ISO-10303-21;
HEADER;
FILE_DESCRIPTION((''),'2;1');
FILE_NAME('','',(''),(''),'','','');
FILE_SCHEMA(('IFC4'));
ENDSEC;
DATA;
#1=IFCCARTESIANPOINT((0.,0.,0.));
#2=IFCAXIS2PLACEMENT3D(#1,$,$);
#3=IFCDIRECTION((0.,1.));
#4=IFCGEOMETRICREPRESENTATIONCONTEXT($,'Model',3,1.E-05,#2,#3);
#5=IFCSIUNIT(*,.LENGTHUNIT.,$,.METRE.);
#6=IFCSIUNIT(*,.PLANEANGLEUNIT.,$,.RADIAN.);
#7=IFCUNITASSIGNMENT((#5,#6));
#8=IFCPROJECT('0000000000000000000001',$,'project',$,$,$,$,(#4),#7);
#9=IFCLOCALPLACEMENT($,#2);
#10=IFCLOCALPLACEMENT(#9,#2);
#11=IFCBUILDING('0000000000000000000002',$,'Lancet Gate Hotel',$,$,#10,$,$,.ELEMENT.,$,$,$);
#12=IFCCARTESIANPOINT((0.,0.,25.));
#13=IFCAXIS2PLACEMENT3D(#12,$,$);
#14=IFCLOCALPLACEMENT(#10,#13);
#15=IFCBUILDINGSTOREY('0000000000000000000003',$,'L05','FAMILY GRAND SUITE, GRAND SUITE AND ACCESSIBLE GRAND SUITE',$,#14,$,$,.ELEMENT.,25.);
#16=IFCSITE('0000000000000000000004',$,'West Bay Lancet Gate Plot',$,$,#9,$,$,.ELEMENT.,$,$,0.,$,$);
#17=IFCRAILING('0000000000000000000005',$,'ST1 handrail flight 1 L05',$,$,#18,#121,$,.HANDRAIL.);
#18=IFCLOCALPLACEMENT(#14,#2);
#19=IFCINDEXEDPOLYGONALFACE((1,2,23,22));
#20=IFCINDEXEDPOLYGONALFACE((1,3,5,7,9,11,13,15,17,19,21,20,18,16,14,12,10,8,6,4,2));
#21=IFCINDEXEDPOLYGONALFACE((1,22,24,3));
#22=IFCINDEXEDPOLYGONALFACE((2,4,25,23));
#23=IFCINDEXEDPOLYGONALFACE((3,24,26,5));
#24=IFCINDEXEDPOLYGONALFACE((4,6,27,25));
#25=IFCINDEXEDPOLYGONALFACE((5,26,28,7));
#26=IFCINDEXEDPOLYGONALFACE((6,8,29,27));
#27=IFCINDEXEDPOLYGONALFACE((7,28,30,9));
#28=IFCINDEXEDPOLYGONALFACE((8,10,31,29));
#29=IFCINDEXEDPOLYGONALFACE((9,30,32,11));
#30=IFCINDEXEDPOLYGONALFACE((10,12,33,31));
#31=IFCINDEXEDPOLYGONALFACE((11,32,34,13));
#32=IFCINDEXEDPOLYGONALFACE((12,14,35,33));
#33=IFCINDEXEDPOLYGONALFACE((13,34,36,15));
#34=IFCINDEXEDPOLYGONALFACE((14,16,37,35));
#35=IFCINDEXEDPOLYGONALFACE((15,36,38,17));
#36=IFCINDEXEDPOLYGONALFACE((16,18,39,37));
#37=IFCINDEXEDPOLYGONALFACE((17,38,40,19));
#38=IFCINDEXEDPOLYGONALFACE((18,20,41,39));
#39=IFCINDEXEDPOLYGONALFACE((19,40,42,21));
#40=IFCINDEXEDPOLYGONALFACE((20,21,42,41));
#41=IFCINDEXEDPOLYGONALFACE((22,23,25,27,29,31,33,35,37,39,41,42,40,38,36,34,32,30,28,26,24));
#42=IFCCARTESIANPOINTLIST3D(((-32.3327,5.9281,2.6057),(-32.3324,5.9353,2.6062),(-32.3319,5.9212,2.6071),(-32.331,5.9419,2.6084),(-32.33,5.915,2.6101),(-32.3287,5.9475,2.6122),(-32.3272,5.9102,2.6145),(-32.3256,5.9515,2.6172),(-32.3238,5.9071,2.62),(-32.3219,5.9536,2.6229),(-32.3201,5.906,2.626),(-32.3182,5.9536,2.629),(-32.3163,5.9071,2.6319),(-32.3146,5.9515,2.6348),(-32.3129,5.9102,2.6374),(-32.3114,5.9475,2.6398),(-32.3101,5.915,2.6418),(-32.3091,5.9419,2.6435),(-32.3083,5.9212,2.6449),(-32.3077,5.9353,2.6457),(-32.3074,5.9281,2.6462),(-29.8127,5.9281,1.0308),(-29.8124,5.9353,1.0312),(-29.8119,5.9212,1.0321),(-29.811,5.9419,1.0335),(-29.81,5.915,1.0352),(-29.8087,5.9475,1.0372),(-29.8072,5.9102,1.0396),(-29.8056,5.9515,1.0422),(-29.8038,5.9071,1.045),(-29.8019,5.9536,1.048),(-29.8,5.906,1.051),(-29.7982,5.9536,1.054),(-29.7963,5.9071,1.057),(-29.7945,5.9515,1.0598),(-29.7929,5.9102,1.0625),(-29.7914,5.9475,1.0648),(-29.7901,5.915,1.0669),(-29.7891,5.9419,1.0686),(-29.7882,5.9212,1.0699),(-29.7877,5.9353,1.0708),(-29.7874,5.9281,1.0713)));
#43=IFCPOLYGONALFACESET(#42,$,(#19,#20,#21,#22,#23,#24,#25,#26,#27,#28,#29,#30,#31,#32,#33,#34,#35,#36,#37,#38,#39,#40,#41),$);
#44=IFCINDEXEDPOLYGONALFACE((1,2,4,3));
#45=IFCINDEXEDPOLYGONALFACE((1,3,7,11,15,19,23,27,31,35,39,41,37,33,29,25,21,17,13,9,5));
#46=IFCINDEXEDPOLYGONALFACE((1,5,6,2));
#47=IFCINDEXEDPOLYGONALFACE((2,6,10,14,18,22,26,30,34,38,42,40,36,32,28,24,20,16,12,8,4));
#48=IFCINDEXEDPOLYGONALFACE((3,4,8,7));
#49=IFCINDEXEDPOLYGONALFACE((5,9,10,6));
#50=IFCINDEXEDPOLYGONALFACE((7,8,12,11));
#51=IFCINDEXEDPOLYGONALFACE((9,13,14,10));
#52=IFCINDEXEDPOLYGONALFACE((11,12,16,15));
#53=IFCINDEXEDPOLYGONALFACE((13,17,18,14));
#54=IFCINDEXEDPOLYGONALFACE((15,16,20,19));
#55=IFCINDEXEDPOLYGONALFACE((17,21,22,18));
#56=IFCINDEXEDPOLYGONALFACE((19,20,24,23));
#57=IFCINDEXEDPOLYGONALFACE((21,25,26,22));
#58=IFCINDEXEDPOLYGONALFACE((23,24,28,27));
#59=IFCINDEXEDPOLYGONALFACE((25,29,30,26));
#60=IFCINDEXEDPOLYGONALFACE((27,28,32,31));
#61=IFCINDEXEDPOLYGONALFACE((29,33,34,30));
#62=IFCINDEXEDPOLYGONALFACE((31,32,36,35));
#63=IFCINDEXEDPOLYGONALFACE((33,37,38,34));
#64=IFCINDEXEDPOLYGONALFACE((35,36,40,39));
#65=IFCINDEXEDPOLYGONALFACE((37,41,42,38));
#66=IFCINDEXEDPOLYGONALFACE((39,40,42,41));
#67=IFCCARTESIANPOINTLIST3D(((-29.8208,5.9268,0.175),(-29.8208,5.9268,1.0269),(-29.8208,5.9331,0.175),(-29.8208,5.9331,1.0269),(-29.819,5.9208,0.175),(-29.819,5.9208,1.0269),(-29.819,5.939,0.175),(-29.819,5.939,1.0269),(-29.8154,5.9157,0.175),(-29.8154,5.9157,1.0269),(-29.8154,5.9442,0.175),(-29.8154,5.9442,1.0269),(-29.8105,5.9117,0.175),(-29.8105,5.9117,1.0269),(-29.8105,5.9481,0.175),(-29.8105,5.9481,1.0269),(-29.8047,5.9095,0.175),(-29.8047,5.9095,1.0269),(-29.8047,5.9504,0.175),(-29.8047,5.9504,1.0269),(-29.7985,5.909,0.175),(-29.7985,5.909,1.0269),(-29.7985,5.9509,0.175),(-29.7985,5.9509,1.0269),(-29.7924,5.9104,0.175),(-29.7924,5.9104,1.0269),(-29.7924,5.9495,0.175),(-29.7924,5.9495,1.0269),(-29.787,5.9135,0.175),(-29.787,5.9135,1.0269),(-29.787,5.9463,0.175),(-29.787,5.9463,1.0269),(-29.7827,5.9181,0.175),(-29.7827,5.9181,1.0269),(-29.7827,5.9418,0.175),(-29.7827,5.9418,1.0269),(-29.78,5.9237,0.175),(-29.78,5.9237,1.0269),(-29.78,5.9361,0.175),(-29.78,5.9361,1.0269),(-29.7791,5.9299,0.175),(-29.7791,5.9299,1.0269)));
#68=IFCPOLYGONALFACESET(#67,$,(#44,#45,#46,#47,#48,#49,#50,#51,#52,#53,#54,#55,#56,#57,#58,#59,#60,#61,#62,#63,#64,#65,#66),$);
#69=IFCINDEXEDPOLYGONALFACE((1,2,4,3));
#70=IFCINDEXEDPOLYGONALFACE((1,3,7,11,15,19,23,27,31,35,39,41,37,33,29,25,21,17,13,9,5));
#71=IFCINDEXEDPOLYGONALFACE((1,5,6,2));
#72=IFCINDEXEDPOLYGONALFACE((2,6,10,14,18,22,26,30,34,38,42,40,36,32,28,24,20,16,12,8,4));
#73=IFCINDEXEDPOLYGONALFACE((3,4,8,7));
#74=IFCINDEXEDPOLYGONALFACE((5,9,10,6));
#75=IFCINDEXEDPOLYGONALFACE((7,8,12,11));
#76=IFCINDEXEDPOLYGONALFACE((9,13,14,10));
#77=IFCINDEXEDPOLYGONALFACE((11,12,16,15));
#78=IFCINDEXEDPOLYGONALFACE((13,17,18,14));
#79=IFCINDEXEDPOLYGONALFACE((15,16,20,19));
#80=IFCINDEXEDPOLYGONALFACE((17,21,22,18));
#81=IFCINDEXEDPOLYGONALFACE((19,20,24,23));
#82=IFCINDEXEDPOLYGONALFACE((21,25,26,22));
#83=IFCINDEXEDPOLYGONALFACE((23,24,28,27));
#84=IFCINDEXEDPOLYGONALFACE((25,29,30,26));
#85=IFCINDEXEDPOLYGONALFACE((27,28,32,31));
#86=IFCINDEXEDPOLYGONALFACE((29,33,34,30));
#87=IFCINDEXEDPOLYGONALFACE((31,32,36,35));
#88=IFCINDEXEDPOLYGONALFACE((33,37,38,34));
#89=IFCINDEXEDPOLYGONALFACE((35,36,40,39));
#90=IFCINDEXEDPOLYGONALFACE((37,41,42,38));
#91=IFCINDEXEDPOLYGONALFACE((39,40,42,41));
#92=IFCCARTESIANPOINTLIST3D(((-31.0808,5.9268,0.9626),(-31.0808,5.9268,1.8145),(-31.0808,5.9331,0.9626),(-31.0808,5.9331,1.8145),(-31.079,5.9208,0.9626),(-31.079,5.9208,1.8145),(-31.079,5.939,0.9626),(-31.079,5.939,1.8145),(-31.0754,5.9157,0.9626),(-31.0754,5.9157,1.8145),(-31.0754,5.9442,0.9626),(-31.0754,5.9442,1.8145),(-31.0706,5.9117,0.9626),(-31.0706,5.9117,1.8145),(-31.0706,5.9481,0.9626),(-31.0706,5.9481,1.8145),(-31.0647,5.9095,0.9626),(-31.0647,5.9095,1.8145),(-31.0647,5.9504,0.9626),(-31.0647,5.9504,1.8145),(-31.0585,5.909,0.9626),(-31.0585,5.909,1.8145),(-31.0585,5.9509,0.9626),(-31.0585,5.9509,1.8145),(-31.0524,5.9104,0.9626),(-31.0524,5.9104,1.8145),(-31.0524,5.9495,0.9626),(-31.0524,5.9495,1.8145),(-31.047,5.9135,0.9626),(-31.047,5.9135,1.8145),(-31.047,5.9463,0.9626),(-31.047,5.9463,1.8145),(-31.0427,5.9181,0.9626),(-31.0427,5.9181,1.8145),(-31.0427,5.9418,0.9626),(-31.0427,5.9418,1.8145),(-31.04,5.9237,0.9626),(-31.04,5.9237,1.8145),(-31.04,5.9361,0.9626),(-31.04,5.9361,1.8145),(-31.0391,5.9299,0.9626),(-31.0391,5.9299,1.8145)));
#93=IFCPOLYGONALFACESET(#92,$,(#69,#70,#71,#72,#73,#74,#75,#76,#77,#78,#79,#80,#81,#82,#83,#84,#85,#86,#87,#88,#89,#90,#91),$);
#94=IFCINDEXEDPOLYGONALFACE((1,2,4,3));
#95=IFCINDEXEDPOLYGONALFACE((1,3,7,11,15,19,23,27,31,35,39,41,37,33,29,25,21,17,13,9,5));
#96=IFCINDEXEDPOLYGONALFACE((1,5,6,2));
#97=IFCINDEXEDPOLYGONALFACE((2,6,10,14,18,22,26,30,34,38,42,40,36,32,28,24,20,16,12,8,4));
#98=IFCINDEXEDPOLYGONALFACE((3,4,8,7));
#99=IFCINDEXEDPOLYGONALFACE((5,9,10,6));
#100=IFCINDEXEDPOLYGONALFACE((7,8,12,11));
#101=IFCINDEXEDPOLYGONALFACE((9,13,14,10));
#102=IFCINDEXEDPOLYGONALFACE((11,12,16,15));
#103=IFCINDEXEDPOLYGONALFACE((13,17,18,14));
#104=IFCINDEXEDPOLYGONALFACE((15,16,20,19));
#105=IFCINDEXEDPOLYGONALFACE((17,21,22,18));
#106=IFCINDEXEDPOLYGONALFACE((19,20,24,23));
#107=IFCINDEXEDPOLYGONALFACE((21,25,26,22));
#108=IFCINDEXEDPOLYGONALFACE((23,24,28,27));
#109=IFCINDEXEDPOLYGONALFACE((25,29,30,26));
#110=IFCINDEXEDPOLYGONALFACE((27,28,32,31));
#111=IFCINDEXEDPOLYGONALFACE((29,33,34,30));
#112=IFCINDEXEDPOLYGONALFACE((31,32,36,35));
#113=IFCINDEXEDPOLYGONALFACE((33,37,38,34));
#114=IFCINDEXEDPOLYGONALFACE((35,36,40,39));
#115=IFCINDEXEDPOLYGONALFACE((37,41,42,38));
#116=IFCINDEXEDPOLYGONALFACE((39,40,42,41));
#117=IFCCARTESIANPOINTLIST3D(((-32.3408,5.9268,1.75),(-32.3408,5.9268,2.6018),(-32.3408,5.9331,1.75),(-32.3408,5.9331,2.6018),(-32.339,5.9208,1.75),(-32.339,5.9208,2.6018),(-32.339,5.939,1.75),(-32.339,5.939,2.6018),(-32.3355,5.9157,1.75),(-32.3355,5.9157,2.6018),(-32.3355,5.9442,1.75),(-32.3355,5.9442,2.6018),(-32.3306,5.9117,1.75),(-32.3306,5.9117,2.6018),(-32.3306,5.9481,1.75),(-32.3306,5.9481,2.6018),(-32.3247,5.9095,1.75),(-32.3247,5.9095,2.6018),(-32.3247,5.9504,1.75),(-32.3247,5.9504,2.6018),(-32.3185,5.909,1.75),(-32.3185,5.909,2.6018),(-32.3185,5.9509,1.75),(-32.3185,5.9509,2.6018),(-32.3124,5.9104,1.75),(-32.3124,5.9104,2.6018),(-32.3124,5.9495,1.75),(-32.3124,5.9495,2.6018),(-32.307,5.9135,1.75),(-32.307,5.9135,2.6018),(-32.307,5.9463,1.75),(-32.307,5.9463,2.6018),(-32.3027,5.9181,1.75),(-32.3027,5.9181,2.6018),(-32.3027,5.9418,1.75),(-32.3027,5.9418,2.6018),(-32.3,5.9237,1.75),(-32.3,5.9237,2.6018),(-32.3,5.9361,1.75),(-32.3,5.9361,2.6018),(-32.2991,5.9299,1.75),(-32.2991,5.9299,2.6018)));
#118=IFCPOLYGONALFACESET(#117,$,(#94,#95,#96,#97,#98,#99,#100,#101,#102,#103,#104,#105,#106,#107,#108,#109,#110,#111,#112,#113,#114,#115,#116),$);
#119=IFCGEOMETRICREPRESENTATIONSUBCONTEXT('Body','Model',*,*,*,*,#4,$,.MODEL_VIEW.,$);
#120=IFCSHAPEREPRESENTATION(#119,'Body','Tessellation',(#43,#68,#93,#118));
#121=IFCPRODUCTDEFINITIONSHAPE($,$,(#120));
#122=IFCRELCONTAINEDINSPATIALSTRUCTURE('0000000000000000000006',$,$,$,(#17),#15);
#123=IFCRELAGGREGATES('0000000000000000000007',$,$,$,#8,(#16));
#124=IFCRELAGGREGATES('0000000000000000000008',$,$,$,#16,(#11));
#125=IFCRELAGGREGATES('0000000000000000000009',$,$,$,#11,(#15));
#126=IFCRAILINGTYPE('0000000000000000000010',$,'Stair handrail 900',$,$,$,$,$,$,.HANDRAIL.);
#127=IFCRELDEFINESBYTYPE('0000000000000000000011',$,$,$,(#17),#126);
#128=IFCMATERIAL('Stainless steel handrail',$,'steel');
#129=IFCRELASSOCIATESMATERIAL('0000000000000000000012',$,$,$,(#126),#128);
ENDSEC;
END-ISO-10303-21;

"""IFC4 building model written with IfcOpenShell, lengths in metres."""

from ifc_helpers import new_model, si_unit, direction, frame, origin, origin_2d, place, context, subcontext, project, spatial, circle, extrude, material, type_object, element, save


model = new_model("IFC4")

# Units and contexts
model_context = context("Model", 3, precision=1e-05, world=origin(), true_north=direction((0.0, 1.0)))
body_context = subcontext(model_context, "Body", "Model", "MODEL_VIEW")
ifc_project = project(units=[si_unit("LENGTHUNIT", "METRE"), si_unit("PLANEANGLEUNIT", "RADIAN")], contexts=[model_context])

# Site, building, storey
site_placement = place(None, origin())
site = spatial("IfcSite", under=ifc_project, at=site_placement, Name="West Bay Lancet Gate Plot", CompositionType="ELEMENT", RefElevation=0.0)
building_placement = place(site_placement, origin())
building = spatial("IfcBuilding", under=site, at=building_placement, Name="Lancet Gate Hotel", CompositionType="ELEMENT")
storey_placement = place(building_placement, frame((0.0, 0.0, 25.0)))
storey = spatial("IfcBuildingStorey", under=building, at=storey_placement, Name="L05", Description="FAMILY GRAND SUITE, GRAND SUITE AND ACCESSIBLE GRAND SUITE", CompositionType="ELEMENT", Elevation=25.0)

# Railing
ifc_material_1 = material(Name="Stainless steel handrail", Category="steel")
railing_type = type_object("IfcRailingType", Name="Stair handrail 900", PredefinedType="HANDRAIL", material=ifc_material_1)
railing_1_placement = place(storey_placement, frame((-29.8, 5.9299, 0.175)))
element("IfcRailing", 1, at=railing_1_placement, inside=storey, type_object=railing_type, Name="ST1 handrail flight 1 L05", PredefinedType="HANDRAIL", context=body_context, shape_type="SweptSolid", body=[
    extrude(circle(Radius=0.0239, at=origin_2d()), frame((0.0, 0.0, 0.876), z_axis=(-0.848008, 0.0, 0.529984), x_axis=(0.0, -1.0, 0.0)), (0.0, 0.0, 1.0), 2.9717),
    extrude(circle(Radius=0.021, at=origin_2d()), origin(), (0.0, 0.0, 1.0), 0.8518),
    extrude(circle(Radius=0.021, at=origin_2d()), frame((-1.26, 0.0, 0.7876)), (0.0, 0.0, 1.0), 0.8518),
    extrude(circle(Radius=0.021, at=origin_2d()), frame((-2.52, 0.0, 1.575)), (0.0, 0.0, 1.0), 0.8518),
])

save(model, "model.ifc")
